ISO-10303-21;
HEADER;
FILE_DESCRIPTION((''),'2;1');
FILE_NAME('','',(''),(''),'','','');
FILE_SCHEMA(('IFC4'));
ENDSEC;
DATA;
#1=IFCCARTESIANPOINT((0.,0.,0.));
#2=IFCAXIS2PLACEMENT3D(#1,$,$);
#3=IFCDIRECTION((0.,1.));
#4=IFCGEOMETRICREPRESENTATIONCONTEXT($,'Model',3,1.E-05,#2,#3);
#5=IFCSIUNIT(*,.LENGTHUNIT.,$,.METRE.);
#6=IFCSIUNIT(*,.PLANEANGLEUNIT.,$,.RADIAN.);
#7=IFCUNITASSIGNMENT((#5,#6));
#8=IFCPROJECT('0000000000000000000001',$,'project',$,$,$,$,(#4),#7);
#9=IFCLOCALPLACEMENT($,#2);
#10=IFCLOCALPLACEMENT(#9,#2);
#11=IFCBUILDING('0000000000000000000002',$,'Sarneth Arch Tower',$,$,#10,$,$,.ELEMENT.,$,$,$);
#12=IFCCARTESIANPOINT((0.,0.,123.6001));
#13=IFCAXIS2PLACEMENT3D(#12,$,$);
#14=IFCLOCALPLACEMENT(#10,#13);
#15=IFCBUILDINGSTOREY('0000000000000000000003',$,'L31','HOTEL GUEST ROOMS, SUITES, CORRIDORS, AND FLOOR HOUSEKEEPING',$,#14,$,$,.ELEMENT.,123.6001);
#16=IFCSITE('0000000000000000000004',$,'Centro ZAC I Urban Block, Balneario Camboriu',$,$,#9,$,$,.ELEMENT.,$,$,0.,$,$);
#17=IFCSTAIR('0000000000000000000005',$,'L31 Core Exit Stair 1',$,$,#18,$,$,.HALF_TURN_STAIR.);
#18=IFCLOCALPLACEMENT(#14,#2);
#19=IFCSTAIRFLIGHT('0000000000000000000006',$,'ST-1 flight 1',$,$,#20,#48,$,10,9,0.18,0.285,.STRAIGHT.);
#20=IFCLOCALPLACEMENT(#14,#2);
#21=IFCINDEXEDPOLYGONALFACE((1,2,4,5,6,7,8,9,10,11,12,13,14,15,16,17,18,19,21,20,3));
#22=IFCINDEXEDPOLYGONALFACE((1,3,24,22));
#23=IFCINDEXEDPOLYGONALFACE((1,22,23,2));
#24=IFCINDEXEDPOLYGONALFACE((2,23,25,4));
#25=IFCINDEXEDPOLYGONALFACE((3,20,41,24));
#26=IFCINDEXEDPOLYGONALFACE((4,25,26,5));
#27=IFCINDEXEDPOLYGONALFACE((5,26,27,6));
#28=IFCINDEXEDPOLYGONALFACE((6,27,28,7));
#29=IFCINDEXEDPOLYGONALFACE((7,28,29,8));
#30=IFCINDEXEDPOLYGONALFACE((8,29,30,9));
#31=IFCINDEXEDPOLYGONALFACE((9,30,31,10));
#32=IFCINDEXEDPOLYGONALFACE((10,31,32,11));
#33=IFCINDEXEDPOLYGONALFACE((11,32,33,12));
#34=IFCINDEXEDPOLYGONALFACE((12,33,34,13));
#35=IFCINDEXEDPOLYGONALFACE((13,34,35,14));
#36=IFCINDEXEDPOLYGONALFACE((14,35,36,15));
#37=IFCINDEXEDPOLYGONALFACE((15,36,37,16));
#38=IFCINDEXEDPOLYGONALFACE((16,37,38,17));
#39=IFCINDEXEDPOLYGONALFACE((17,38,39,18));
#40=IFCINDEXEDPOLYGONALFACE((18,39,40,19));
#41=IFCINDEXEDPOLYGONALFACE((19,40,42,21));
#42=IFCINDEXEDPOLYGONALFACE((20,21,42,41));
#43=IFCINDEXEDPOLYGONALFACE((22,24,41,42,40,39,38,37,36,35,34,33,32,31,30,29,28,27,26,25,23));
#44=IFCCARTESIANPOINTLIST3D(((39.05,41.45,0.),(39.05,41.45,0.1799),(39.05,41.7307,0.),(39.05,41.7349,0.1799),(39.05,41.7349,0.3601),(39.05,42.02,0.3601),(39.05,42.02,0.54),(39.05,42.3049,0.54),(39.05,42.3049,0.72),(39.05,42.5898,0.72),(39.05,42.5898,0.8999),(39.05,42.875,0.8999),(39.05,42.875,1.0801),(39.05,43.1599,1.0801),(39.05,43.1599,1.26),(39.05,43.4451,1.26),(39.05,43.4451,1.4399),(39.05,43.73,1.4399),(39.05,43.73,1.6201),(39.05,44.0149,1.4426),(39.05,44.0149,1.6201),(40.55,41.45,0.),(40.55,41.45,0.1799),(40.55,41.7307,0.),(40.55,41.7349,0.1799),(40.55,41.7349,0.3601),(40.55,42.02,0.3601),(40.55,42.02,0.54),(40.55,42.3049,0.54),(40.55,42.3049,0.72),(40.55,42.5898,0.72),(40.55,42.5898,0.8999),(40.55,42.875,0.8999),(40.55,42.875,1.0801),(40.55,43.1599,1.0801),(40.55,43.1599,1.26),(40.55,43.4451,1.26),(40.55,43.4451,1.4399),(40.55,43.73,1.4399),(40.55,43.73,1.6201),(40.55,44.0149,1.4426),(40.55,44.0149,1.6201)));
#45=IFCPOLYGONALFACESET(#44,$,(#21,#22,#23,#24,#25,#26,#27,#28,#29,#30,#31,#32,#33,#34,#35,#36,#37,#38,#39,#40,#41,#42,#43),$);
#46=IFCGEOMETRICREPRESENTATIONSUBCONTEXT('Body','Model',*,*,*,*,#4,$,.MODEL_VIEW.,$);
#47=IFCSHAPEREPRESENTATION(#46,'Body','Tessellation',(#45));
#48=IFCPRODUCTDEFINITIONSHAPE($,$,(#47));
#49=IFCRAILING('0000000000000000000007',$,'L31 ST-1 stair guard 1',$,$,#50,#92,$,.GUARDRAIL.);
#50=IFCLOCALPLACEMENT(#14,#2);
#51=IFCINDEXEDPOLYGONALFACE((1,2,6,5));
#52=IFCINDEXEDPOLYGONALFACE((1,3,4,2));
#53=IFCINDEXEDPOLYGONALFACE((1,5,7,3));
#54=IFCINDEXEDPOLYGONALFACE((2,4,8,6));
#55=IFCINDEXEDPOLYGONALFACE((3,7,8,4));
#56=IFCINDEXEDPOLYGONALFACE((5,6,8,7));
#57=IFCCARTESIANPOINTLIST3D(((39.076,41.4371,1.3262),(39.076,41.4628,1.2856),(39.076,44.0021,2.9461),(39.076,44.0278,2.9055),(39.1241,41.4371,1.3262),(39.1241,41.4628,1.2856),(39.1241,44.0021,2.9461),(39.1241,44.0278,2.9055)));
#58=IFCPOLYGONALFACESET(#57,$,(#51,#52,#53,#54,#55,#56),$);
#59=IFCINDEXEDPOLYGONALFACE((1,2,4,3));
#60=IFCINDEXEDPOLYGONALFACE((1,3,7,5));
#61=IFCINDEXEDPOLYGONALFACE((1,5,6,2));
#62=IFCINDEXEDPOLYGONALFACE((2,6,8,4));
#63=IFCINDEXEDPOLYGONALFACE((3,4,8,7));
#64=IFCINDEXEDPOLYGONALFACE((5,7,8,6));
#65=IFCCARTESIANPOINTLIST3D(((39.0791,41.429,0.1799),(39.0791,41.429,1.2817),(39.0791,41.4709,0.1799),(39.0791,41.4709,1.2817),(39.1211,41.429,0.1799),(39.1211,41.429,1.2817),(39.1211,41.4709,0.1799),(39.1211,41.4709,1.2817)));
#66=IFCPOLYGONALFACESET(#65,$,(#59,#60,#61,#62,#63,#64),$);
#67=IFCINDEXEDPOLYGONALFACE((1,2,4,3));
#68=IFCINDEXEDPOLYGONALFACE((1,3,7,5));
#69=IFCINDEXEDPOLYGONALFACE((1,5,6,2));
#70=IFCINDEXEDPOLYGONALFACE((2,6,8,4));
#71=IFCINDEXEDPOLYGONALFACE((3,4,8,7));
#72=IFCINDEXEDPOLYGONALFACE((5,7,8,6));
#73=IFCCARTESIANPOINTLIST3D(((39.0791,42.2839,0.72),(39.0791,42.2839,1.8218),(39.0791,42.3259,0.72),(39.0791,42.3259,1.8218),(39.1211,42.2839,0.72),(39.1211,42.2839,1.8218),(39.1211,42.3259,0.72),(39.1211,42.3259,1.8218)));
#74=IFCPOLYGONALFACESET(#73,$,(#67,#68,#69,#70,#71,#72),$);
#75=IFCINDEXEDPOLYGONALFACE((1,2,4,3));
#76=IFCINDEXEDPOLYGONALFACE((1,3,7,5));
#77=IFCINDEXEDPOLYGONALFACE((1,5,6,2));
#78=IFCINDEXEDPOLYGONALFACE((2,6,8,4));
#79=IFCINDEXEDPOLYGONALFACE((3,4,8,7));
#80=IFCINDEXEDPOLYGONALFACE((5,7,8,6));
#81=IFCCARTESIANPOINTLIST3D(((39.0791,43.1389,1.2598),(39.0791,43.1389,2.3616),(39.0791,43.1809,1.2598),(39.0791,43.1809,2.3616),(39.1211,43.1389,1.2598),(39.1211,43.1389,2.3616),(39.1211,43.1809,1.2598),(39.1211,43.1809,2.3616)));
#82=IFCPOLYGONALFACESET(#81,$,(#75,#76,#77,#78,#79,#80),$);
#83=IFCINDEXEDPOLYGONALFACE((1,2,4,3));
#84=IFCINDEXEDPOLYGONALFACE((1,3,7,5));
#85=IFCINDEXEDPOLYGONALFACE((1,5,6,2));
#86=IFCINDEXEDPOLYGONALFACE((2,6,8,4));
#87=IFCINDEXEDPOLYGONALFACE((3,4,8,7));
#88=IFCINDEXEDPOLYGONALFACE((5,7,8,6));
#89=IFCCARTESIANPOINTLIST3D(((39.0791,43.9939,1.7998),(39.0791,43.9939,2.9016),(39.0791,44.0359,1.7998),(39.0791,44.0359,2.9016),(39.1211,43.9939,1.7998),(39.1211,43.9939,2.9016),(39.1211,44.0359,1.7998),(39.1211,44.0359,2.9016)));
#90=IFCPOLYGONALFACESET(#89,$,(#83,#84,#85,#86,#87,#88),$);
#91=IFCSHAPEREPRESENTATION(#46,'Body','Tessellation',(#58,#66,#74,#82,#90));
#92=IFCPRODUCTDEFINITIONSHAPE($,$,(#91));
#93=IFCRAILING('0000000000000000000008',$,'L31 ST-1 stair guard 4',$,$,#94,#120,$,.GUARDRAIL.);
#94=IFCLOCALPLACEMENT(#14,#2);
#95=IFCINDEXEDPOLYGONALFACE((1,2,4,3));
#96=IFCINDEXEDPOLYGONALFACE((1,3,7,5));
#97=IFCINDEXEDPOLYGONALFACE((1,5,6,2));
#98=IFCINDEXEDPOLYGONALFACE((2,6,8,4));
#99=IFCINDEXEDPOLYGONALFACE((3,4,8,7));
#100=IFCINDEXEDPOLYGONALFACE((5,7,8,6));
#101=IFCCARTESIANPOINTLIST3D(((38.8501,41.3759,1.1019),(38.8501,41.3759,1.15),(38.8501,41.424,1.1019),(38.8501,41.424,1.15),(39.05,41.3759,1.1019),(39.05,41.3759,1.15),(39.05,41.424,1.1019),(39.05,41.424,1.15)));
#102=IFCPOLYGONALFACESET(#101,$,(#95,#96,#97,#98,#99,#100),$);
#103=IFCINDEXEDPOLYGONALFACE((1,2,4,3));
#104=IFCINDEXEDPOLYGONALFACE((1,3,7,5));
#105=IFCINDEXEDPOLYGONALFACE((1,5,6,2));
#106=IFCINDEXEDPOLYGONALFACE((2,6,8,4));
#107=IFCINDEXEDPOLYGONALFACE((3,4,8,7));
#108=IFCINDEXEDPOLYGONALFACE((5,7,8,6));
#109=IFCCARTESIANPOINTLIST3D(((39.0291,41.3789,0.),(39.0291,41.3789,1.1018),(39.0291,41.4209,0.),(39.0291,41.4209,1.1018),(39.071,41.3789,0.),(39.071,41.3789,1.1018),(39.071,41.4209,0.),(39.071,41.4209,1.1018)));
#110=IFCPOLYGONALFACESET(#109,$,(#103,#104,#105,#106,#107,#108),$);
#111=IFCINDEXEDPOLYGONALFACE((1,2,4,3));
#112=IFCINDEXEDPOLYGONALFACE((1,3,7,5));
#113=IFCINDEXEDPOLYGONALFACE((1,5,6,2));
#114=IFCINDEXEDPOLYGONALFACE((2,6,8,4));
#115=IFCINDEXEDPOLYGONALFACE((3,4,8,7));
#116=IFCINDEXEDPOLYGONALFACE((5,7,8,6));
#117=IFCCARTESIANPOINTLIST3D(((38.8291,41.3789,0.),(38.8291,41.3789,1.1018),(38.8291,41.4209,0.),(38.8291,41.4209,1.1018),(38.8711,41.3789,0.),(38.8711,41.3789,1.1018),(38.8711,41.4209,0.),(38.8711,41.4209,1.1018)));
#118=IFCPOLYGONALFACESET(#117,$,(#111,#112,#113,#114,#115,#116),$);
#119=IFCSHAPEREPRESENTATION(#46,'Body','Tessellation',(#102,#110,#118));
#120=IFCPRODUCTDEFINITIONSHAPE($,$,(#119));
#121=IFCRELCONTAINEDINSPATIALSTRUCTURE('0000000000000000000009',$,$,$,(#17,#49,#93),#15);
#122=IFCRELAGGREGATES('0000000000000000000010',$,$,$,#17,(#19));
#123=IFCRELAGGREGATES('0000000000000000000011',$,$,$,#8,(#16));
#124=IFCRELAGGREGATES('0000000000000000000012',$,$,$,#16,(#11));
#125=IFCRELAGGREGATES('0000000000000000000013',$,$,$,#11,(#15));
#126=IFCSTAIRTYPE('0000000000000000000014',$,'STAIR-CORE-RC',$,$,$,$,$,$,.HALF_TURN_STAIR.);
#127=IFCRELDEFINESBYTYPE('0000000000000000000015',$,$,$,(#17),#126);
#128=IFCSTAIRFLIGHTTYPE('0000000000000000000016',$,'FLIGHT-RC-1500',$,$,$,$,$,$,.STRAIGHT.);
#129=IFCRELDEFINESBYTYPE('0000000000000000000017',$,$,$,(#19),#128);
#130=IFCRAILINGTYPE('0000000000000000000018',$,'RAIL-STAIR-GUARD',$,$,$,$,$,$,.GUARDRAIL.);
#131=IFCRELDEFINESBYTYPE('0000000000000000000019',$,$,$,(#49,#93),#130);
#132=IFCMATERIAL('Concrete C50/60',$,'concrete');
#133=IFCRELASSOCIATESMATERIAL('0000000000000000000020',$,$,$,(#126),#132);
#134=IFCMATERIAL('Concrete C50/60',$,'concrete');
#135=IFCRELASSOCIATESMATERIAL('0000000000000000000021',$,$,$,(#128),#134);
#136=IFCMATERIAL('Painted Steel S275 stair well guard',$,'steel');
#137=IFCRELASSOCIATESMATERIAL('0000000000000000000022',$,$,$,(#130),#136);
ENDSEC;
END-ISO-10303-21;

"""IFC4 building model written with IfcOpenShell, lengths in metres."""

from ifc_helpers import new_model, si_unit, direction, frame, origin, origin_2d, place, context, subcontext, project, spatial, polyline, rectangle, outline, extrude, material, type_object, element, aggregate, save


model = new_model("IFC4")

# Units and contexts
model_context = context("Model", 3, precision=1e-05, world=origin(), true_north=direction((0.0, 1.0)))
body_context = subcontext(model_context, "Body", "Model", "MODEL_VIEW")
ifc_project = project(units=[si_unit("LENGTHUNIT", "METRE"), si_unit("PLANEANGLEUNIT", "RADIAN")], contexts=[model_context])

# Site, building, storey
site_placement = place(None, origin())
site = spatial("IfcSite", under=ifc_project, at=site_placement, Name="Centro ZAC I Urban Block, Balneario Camboriu", CompositionType="ELEMENT", RefElevation=0.0)
building_placement = place(site_placement, origin())
building = spatial("IfcBuilding", under=site, at=building_placement, Name="Sarneth Arch Tower", CompositionType="ELEMENT")
storey_placement = place(building_placement, frame((0.0, 0.0, 123.6001)))
storey = spatial("IfcBuildingStorey", under=building, at=storey_placement, Name="L31", Description="HOTEL GUEST ROOMS, SUITES, CORRIDORS, AND FLOOR HOUSEKEEPING", CompositionType="ELEMENT", Elevation=123.6001)

# Stair, stair flight
ifc_material_1 = material(Name="Concrete C50/60", Category="concrete")
stair_type = type_object("IfcStairType", Name="STAIR-CORE-RC", PredefinedType="HALF_TURN_STAIR", material=ifc_material_1)
stair_placement = place(storey_placement, origin())
stair = element("IfcStair", 1, at=stair_placement, inside=storey, type_object=stair_type, Name="L31 Core Exit Stair 1", PredefinedType="HALF_TURN_STAIR")
ifc_material_2 = material(Name="Concrete C50/60", Category="concrete")
stair_flight_type = type_object("IfcStairFlightType", Name="FLIGHT-RC-1500", PredefinedType="STRAIGHT", material=ifc_material_2)
stair_flight_placement = place(storey_placement, frame((39.8, 41.45, 0.0), z_axis=(0.0, 0.0, 1.0), x_axis=(0.0, 1.0, 0.0)))
stair_flight = element("IfcStairFlight", 2, at=stair_flight_placement, type_object=stair_flight_type, Name="ST-1 flight 1", NumberOfRisers=10, NumberOfTreads=9, PredefinedType="STRAIGHT", RiserHeight=0.18, TreadLength=0.285, context=body_context, shape_type="SweptSolid", body=[
    extrude(outline(polyline([(0.0, 0.0), (0.0, 0.1799), (0.2849, 0.1799), (0.2849, 0.3601), (0.5701, 0.3601), (0.5701, 0.54), (0.855, 0.54), (0.855, 0.72), (1.1399, 0.72), (1.1399, 0.8999), (1.425, 0.8999), (1.425, 1.0801), (1.71, 1.0801), (1.71, 1.26), (1.9951, 1.26), (1.9951, 1.4399), (2.28, 1.4399), (2.28, 1.6201), (2.5649, 1.6201), (2.5649, 1.8), (2.5649, 1.4426), (0.2808, 0.0), (0.0, 0.0)])), frame((0.0, 0.75, 0.0), z_axis=(0.0, -1.0, 0.0), x_axis=(1.0, 0.0, 0.0)), (0.0, 0.0, 1.0), 1.5),
])
aggregate(stair, [stair_flight])

# Railings
ifc_material_3 = material(Name="Painted Steel S275 stair well guard", Category="steel")
railing_type = type_object("IfcRailingType", Name="RAIL-STAIR-GUARD", PredefinedType="GUARDRAIL", material=ifc_material_3)
railing_1_placement = place(storey_placement, frame((39.1001, 41.45, 0.1799)))
element("IfcRailing", 3, at=railing_1_placement, inside=storey, type_object=railing_type, Name="L31 ST-1 stair guard 1", PredefinedType="GUARDRAIL", context=body_context, shape_type="SweptSolid", body=[
    extrude(rectangle(XDim=0.0481, YDim=0.0481, at=origin_2d()), frame((0.0, 0.0, 1.126), z_axis=(0.0, 0.845502, 0.533972), x_axis=(-1.0, 0.0, 0.0)), (0.0, 0.0, 1.0), 3.0337),
    extrude(rectangle(XDim=0.042, YDim=0.042, at=origin_2d()), origin(), (0.0, 0.0, 1.0), 1.1018),
    extrude(rectangle(XDim=0.042, YDim=0.042, at=origin_2d()), frame((0.0, 0.855, 0.54)), (0.0, 0.0, 1.0), 1.1018),
    extrude(rectangle(XDim=0.042, YDim=0.042, at=origin_2d()), frame((0.0, 1.71, 1.0798)), (0.0, 0.0, 1.0), 1.1018),
    extrude(rectangle(XDim=0.042, YDim=0.042, at=origin_2d()), frame((0.0, 2.5649, 1.6199)), (0.0, 0.0, 1.0), 1.1018),
])
railing_2_placement = place(storey_placement, frame((39.05, 41.3999, 0.0)))
element("IfcRailing", 4, at=railing_2_placement, inside=storey, type_object=railing_type, Name="L31 ST-1 stair guard 4", PredefinedType="GUARDRAIL", context=body_context, shape_type="SweptSolid", body=[
    extrude(rectangle(XDim=0.0481, YDim=0.0481, at=origin_2d()), frame((0.0, 0.0, 1.126), z_axis=(-1.0, 0.0, 0.0), x_axis=(0.0, -1.0, 0.0)), (0.0, 0.0, 1.0), 0.2),
    extrude(rectangle(XDim=0.042, YDim=0.042, at=origin_2d()), origin(), (0.0, 0.0, 1.0), 1.1018),
    extrude(rectangle(XDim=0.042, YDim=0.042, at=origin_2d()), frame((-0.2, 0.0, 0.0)), (0.0, 0.0, 1.0), 1.1018),
])

save(model, "model.ifc")
